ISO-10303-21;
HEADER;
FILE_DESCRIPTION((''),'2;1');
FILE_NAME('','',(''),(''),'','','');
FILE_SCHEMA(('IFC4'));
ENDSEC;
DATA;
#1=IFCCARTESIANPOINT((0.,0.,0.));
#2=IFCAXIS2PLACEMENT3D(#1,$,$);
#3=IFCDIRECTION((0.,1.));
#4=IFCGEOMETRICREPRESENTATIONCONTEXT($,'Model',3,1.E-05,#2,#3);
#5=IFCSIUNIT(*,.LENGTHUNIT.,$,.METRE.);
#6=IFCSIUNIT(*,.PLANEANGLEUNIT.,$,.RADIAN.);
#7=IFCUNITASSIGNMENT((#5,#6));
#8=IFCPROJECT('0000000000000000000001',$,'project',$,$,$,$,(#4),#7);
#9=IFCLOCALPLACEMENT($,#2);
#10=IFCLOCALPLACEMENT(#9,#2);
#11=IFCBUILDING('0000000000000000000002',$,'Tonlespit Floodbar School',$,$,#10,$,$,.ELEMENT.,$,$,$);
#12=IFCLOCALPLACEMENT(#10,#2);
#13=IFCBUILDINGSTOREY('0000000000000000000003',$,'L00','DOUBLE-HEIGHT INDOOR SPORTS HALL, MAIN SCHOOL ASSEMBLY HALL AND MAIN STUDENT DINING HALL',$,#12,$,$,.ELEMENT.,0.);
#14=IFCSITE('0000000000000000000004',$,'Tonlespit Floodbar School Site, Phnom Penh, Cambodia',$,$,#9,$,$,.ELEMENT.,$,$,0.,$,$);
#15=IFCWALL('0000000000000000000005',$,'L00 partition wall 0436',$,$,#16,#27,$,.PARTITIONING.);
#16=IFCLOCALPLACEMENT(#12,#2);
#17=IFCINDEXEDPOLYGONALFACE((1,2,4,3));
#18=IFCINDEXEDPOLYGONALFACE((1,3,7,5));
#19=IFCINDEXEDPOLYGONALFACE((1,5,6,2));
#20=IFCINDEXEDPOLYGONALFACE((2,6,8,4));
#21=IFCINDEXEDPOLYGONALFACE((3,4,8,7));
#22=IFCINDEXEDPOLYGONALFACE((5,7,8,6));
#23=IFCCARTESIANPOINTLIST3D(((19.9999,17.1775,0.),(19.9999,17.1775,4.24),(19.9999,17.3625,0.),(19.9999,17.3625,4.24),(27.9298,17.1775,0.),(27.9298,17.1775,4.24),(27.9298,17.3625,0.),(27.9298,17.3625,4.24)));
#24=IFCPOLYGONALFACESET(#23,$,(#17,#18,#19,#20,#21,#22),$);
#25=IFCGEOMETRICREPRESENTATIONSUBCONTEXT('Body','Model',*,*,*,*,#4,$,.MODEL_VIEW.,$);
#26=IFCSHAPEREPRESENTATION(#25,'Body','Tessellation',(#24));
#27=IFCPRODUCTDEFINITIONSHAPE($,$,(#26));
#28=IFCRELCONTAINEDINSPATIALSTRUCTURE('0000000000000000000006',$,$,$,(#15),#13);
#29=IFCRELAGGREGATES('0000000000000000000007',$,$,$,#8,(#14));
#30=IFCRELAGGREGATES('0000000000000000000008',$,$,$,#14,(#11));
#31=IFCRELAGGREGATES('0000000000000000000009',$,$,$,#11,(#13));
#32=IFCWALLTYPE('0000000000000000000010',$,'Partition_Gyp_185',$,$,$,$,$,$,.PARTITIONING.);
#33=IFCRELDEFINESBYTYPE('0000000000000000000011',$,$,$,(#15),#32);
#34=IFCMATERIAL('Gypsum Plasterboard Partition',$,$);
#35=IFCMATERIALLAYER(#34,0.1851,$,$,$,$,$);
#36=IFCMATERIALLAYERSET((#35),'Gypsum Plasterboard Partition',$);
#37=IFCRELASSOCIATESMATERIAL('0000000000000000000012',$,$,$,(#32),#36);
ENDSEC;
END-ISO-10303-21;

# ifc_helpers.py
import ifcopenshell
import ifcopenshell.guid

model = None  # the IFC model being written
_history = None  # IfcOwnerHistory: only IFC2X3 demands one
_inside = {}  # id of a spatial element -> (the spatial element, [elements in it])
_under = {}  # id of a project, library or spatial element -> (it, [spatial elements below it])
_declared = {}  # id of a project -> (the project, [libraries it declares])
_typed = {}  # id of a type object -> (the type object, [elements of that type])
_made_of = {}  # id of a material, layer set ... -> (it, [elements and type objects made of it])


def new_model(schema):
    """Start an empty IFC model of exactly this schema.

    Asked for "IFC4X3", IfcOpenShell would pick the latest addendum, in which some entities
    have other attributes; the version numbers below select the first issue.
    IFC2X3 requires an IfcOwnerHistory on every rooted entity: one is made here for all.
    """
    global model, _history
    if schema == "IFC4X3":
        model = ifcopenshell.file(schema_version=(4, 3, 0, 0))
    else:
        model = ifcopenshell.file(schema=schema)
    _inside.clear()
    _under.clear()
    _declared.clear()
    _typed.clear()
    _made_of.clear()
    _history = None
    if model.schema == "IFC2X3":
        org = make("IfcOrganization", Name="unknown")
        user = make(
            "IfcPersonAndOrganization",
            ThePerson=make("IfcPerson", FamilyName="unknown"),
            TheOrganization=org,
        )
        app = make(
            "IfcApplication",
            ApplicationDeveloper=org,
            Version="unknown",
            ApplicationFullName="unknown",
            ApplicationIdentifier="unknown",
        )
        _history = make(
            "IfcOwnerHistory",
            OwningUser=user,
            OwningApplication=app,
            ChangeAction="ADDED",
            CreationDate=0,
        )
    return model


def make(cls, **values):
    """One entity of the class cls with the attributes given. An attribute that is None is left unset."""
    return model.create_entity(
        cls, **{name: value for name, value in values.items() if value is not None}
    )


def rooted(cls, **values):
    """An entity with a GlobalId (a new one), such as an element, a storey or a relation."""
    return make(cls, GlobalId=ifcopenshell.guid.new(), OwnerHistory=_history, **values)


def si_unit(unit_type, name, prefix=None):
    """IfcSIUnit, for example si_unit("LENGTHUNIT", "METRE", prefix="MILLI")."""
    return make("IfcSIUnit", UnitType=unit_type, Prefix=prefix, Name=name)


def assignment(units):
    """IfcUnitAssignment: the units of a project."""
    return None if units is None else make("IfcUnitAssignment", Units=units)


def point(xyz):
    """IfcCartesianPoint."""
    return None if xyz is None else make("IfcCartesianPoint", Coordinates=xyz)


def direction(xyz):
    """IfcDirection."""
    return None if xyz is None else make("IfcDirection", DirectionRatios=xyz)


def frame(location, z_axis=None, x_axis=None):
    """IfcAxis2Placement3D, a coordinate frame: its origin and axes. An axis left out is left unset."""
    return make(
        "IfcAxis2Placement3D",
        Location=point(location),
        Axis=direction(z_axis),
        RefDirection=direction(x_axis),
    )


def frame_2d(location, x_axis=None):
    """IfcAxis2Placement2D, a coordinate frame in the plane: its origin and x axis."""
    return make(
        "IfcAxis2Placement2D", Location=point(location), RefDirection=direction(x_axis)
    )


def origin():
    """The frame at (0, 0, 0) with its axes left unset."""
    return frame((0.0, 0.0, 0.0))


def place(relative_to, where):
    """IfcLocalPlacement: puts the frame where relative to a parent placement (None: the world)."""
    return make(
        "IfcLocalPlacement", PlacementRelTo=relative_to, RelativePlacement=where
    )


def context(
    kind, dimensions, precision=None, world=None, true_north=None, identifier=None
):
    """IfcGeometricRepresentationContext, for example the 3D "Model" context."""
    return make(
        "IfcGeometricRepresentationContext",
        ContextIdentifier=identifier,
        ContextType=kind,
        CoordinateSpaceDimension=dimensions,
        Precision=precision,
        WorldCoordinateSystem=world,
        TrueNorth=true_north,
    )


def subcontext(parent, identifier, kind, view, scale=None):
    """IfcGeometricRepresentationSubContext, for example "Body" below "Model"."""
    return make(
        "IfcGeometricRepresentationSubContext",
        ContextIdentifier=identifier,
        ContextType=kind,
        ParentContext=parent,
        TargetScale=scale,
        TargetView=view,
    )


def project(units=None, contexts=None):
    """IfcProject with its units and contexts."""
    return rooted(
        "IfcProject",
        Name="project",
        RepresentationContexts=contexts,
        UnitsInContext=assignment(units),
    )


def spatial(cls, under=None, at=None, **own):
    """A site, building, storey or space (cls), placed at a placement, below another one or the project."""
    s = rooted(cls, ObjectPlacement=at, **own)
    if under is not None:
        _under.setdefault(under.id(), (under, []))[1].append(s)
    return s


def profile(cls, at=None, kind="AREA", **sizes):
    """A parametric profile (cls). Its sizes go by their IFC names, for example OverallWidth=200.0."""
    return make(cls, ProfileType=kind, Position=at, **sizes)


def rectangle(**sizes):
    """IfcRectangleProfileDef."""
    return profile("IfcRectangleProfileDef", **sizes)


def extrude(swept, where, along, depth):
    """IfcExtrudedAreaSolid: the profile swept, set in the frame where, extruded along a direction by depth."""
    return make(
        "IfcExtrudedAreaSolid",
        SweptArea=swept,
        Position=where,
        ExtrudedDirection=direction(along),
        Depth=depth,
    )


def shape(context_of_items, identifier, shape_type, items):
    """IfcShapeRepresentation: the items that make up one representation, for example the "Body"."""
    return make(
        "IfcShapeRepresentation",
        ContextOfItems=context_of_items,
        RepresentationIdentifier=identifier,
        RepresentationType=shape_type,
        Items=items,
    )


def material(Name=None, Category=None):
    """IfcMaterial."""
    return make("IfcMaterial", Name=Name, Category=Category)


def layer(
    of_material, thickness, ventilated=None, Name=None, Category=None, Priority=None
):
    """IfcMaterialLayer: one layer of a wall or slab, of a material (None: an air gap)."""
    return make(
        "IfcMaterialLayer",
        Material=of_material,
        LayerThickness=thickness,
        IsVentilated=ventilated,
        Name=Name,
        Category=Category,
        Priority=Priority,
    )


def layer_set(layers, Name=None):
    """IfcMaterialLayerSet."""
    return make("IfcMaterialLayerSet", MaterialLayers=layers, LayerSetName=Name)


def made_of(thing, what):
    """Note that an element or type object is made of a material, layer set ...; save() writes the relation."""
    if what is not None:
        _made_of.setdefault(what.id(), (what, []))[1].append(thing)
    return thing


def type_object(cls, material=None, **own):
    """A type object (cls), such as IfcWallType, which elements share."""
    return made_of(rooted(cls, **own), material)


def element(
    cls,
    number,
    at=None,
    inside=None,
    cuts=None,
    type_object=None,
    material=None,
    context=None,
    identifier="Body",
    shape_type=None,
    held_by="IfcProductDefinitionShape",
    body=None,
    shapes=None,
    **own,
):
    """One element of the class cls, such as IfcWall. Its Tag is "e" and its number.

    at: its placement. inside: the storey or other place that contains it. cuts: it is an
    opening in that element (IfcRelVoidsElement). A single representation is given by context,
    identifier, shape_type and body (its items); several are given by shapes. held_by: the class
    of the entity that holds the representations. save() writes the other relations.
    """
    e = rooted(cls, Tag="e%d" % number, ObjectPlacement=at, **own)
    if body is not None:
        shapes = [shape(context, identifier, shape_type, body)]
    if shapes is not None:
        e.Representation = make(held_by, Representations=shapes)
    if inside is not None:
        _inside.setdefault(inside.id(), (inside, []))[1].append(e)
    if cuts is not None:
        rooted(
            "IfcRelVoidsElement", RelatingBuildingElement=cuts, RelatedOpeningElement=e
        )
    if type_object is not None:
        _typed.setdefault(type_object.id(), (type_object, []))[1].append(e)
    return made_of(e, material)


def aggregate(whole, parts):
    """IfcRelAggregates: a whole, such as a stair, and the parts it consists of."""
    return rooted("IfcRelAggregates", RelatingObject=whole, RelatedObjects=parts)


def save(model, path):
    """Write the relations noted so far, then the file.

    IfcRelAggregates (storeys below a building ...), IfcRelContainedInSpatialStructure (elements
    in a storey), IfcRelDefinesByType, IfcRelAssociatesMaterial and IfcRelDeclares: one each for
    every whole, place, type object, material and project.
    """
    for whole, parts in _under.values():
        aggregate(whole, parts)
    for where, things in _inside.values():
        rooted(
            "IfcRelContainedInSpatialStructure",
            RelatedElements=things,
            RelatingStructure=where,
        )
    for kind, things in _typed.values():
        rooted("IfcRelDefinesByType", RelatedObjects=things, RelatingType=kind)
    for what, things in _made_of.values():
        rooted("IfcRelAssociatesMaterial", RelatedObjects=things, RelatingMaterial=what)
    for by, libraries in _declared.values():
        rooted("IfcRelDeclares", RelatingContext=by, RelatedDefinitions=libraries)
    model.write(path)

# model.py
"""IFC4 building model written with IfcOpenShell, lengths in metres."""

from ifc_helpers import new_model, si_unit, direction, frame, frame_2d, origin, place, context, subcontext, project, spatial, rectangle, extrude, material, layer, layer_set, type_object, element, save


model = new_model("IFC4")

# Units and contexts
model_context = context("Model", 3, precision=1e-05, world=origin(), true_north=direction((0.0, 1.0)))
body_context = subcontext(model_context, "Body", "Model", "MODEL_VIEW")
ifc_project = project(units=[si_unit("LENGTHUNIT", "METRE"), si_unit("PLANEANGLEUNIT", "RADIAN")], contexts=[model_context])

# Site, building, storey
site_placement = place(None, origin())
site = spatial("IfcSite", under=ifc_project, at=site_placement, Name="Tonlespit Floodbar School Site, Phnom Penh, Cambodia", CompositionType="ELEMENT", RefElevation=0.0)
building_placement = place(site_placement, origin())
building = spatial("IfcBuilding", under=site, at=building_placement, Name="Tonlespit Floodbar School", CompositionType="ELEMENT")
storey_placement = place(building_placement, origin())
storey = spatial("IfcBuildingStorey", under=building, at=storey_placement, Name="L00", Description="DOUBLE-HEIGHT INDOOR SPORTS HALL, MAIN SCHOOL ASSEMBLY HALL AND MAIN STUDENT DINING HALL", CompositionType="ELEMENT", Elevation=0.0)

# Wall
ifc_material_1 = material(Name="Gypsum Plasterboard Partition")
ifc_layer_1 = layer(ifc_material_1, 0.1851)
ifc_layer_set_1 = layer_set([ifc_layer_1], Name="Gypsum Plasterboard Partition")
wall_type = type_object("IfcWallType", Name="Partition_Gyp_185", PredefinedType="PARTITIONING", material=ifc_layer_set_1)
wall_placement = place(storey_placement, frame((20.0, 17.27, 0.0), z_axis=(0.0, 0.0, 1.0), x_axis=(1.0, 0.0, 0.0)))
element("IfcWall", 1, at=wall_placement, inside=storey, type_object=wall_type, Name="L00 partition wall 0436", PredefinedType="PARTITIONING", context=body_context, shape_type="SweptSolid", body=[
    extrude(rectangle(XDim=7.9299, YDim=0.1851, at=frame_2d((3.9648, 0.0))), origin(), (0.0, 0.0, 1.0), 4.24),
])

save(model, "model.ifc")
